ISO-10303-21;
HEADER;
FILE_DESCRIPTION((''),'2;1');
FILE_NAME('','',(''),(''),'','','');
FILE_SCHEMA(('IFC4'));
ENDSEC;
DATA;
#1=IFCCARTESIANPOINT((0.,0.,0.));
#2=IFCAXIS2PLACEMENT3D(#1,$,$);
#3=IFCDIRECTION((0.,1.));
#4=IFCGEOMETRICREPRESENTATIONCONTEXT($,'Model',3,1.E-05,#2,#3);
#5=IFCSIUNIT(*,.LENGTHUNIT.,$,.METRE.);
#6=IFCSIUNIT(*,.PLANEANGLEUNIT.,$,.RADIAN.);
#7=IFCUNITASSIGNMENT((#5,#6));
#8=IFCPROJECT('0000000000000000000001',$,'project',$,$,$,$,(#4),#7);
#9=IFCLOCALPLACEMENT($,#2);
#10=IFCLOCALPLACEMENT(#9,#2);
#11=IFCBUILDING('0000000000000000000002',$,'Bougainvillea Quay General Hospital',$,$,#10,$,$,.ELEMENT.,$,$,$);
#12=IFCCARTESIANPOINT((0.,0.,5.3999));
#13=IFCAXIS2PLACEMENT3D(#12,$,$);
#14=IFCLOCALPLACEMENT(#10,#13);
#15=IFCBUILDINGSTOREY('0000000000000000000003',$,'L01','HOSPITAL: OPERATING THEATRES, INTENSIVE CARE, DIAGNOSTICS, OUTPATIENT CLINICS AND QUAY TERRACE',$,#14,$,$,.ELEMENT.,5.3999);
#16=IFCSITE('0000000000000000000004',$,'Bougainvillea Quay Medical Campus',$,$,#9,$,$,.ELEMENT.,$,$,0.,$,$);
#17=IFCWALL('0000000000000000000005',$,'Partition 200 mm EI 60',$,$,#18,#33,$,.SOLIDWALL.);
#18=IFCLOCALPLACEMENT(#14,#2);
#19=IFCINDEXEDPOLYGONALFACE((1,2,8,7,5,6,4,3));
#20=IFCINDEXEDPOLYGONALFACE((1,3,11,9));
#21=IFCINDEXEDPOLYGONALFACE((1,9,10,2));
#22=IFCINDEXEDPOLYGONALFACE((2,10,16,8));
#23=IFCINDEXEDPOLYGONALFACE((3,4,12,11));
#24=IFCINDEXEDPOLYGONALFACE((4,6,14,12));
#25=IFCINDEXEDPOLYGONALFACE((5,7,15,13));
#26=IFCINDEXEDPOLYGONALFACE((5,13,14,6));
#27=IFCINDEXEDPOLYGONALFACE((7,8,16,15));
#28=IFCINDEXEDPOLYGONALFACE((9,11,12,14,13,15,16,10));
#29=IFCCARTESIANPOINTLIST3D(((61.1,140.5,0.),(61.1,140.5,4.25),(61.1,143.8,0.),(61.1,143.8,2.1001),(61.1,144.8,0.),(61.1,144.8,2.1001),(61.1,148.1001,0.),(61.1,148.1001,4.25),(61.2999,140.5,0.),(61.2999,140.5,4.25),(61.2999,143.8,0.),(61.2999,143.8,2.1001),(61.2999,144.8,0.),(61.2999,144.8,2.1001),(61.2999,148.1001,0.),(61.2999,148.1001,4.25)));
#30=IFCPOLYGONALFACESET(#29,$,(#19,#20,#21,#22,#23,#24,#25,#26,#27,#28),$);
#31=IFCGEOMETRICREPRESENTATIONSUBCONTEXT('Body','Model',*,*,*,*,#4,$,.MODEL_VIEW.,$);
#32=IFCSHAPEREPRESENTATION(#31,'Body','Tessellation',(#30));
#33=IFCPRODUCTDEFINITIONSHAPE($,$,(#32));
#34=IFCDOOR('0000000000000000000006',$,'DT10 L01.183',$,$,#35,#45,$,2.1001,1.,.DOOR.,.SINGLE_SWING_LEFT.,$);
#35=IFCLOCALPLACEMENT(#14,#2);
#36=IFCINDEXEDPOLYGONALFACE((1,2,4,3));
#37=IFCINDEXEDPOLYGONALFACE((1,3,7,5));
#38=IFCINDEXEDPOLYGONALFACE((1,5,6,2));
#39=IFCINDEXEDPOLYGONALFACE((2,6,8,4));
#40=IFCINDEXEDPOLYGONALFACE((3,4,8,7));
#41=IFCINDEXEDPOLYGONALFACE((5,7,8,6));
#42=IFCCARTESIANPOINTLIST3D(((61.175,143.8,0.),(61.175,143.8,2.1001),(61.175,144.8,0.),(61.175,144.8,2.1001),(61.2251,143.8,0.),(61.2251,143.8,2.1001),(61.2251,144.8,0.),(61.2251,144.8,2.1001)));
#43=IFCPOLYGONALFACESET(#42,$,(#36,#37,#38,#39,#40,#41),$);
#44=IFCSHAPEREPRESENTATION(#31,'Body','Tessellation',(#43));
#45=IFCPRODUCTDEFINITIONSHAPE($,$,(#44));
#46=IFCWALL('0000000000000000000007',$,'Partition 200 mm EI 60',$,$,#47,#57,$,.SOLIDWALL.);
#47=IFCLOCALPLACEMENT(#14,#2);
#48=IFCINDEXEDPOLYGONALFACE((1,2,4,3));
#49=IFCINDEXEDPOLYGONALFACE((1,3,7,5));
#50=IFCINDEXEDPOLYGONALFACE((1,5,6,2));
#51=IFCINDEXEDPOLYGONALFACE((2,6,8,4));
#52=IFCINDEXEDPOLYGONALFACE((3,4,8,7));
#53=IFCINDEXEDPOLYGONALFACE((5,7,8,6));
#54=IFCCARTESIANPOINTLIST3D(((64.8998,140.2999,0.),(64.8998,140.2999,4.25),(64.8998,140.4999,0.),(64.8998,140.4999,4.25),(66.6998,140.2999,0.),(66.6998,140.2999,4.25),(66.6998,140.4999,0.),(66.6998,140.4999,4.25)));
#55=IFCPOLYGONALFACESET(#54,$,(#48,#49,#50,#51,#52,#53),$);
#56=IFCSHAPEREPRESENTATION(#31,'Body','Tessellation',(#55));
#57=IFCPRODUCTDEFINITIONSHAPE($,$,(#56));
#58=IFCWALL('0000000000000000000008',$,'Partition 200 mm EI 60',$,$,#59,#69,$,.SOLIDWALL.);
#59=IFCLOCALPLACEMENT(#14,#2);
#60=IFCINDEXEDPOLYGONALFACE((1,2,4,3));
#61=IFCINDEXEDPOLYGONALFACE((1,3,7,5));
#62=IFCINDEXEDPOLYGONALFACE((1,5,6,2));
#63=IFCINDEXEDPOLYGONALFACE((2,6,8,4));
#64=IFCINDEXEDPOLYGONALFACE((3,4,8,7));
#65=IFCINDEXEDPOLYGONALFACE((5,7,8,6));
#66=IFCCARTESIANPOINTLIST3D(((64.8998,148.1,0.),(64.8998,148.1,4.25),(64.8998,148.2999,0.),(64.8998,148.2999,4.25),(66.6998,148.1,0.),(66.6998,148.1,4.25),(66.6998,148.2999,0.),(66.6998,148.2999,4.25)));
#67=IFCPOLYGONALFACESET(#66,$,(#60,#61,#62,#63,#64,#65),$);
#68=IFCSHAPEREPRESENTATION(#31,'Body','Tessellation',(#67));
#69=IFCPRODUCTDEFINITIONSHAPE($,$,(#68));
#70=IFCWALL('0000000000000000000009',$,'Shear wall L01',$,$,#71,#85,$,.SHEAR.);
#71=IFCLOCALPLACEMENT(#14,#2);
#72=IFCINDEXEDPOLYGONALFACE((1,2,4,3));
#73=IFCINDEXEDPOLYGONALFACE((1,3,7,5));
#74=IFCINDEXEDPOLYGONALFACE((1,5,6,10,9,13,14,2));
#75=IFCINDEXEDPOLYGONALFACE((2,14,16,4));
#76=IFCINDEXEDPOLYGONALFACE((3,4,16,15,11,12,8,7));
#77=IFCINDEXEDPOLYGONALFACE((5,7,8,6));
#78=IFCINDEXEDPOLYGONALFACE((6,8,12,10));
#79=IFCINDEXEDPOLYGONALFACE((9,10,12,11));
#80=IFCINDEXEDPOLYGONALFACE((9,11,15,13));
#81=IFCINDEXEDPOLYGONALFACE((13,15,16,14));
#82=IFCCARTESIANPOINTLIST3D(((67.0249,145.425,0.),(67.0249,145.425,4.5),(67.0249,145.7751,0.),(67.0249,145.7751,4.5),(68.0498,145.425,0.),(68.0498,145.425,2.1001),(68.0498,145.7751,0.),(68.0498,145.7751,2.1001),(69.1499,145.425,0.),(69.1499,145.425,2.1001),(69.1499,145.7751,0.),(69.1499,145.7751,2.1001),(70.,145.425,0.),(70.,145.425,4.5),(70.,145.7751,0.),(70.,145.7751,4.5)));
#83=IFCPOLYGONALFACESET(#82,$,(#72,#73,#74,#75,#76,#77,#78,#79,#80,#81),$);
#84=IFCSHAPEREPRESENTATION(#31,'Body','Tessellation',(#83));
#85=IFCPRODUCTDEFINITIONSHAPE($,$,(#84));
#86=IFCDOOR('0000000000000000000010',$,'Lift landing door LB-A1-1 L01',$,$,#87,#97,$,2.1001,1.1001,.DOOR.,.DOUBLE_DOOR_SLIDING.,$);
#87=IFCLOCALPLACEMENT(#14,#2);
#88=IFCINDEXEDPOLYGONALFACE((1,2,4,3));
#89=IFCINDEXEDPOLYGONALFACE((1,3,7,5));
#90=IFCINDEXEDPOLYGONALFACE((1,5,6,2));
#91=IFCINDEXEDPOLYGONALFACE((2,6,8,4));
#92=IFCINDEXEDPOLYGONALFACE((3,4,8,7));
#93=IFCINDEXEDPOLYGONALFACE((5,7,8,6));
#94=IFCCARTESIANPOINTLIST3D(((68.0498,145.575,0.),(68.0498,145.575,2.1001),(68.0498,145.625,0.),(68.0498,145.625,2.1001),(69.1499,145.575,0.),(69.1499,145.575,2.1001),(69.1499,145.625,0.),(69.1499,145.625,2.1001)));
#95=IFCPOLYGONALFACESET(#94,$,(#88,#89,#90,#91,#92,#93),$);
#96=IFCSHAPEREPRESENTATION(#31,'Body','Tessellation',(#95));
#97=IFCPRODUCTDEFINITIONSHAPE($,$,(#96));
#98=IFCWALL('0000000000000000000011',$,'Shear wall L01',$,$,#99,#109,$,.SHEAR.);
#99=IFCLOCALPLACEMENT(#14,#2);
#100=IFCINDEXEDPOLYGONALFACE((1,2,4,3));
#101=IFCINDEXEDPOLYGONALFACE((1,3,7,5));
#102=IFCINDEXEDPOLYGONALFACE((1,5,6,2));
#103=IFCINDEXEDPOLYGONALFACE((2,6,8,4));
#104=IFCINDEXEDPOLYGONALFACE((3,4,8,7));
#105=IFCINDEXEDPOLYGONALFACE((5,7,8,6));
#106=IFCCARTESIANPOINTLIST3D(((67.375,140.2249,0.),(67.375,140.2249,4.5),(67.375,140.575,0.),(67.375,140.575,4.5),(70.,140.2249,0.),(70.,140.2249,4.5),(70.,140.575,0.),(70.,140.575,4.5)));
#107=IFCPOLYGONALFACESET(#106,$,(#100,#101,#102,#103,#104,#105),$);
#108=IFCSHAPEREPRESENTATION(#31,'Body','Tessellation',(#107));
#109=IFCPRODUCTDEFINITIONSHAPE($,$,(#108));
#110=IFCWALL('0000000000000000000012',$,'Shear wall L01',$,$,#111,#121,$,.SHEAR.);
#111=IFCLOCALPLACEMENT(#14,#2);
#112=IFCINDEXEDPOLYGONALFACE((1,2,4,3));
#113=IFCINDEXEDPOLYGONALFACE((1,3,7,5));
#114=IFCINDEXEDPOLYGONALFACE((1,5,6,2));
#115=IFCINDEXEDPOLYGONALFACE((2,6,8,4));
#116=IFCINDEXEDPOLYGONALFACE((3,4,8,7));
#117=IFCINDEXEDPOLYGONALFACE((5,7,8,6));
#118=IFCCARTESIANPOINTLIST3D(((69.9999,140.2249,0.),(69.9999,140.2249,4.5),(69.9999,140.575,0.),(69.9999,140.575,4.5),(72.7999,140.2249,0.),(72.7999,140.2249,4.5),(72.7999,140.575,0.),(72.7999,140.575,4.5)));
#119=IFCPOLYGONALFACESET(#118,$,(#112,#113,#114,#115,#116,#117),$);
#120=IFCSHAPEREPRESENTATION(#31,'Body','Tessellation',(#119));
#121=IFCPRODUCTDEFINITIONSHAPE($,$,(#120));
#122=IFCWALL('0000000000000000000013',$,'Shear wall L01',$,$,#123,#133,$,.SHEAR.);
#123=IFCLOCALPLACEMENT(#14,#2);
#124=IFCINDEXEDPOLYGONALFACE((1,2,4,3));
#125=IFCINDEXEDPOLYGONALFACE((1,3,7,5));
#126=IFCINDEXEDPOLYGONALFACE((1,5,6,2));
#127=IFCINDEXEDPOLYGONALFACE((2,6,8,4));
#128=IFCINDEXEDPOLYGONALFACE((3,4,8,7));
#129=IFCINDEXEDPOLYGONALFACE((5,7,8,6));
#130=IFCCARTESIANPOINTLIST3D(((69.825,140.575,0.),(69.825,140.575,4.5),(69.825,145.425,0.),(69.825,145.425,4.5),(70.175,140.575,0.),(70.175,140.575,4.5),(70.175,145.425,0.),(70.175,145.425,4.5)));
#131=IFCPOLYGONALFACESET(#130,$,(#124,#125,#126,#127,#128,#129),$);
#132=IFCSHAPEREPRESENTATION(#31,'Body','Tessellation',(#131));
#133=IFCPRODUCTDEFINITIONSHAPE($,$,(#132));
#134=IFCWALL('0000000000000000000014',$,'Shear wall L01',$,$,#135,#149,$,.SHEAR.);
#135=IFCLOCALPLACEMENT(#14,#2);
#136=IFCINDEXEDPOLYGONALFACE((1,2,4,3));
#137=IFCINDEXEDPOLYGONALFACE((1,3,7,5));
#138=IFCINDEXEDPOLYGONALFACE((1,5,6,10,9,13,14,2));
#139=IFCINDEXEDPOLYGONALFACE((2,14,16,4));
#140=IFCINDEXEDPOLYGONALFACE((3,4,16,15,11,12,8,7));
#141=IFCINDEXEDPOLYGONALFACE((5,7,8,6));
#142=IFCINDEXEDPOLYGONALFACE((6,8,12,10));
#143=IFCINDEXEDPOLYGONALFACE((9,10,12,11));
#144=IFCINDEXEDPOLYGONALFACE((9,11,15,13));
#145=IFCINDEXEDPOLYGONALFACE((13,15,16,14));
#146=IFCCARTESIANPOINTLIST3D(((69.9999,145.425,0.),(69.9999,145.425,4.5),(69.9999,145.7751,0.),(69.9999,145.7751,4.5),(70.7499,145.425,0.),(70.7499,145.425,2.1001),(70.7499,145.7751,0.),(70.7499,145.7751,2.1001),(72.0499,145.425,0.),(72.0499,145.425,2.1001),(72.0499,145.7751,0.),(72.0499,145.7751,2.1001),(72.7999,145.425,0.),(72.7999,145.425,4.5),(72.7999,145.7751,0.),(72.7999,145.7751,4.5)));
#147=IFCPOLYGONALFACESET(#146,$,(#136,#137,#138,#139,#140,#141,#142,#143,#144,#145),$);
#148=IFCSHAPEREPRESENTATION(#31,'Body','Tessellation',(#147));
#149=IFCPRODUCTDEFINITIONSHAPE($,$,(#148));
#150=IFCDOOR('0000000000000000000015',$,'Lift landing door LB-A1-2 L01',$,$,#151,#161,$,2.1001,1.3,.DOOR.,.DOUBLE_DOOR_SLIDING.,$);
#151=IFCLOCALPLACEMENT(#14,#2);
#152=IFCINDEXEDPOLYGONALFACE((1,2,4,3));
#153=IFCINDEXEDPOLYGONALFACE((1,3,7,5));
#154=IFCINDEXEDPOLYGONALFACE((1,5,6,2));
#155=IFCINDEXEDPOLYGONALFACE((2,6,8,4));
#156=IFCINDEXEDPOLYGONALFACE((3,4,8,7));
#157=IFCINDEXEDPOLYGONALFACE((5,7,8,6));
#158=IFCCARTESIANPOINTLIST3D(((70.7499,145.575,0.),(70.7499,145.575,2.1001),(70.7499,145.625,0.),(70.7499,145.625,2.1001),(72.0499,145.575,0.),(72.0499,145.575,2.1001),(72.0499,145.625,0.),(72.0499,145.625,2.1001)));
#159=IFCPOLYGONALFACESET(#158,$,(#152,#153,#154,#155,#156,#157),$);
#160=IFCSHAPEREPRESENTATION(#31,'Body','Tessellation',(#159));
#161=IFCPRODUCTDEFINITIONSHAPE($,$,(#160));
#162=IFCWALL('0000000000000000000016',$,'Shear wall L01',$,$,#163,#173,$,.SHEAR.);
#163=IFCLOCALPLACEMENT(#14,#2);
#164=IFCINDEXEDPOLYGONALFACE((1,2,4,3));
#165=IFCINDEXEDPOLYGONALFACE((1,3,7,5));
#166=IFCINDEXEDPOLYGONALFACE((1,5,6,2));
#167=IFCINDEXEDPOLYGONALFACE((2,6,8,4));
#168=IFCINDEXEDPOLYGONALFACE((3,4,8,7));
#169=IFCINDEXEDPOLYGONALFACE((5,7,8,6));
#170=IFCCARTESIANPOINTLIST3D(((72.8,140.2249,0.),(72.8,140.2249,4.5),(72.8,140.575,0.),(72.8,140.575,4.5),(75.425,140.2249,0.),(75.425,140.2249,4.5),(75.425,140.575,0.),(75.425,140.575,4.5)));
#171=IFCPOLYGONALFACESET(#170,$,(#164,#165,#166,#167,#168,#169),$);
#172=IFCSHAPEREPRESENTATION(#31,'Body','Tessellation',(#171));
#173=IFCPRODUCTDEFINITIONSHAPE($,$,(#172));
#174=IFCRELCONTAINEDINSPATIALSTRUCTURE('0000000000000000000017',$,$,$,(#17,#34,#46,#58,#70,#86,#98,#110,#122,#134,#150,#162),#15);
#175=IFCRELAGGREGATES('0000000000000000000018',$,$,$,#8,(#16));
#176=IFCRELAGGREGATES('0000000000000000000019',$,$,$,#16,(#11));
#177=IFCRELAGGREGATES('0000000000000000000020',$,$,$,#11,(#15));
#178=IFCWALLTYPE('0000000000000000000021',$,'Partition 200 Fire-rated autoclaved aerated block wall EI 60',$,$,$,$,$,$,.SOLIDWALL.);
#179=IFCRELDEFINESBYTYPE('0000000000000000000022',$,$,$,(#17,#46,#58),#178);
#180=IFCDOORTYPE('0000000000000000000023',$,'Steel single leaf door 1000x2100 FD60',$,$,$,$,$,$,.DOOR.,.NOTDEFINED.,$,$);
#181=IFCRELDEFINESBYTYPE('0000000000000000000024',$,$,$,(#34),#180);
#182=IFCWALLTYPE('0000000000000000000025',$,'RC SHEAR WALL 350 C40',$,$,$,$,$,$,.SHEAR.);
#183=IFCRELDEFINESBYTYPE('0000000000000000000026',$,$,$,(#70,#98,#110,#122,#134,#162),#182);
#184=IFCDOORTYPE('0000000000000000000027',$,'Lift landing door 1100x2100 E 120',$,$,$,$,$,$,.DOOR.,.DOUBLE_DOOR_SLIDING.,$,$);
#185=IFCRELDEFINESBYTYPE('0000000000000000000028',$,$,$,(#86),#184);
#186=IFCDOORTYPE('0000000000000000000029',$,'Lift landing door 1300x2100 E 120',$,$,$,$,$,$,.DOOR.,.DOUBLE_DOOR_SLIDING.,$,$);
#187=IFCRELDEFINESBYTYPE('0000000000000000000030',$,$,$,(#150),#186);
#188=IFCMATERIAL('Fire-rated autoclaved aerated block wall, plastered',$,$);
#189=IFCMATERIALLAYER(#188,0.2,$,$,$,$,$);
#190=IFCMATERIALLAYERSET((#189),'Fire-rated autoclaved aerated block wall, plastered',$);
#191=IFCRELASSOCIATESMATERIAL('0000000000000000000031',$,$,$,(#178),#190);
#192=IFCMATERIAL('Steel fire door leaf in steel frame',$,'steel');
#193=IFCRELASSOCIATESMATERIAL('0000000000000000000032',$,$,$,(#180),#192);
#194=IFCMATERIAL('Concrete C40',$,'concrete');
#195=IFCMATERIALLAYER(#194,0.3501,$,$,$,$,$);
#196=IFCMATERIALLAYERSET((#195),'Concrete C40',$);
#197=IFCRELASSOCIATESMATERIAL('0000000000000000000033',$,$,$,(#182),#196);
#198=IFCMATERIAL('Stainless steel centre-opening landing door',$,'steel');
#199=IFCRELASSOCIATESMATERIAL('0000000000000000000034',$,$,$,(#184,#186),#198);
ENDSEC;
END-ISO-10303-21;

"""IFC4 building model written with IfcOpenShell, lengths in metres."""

from ifc_helpers import new_model, si_unit, direction, frame, frame_2d, origin, place, context, subcontext, project, spatial, rectangle, extrude, material, layer, layer_set, type_object, element, fill, save


model = new_model("IFC4")

# Units and contexts
model_context = context("Model", 3, precision=1e-05, world=origin(), true_north=direction((0.0, 1.0)))
body_context = subcontext(model_context, "Body", "Model", "MODEL_VIEW")
ifc_project = project(units=[si_unit("LENGTHUNIT", "METRE"), si_unit("PLANEANGLEUNIT", "RADIAN")], contexts=[model_context])

# Site, building, storey
site_placement = place(None, origin())
site = spatial("IfcSite", under=ifc_project, at=site_placement, Name="Bougainvillea Quay Medical Campus", CompositionType="ELEMENT", RefElevation=0.0)
building_placement = place(site_placement, origin())
building = spatial("IfcBuilding", under=site, at=building_placement, Name="Bougainvillea Quay General Hospital", CompositionType="ELEMENT")
storey_placement = place(building_placement, frame((0.0, 0.0, 5.3999)))
storey = spatial("IfcBuildingStorey", under=building, at=storey_placement, Name="L01", Description="HOSPITAL: OPERATING THEATRES, INTENSIVE CARE, DIAGNOSTICS, OUTPATIENT CLINICS AND QUAY TERRACE", CompositionType="ELEMENT", Elevation=5.3999)

# Shared definitions
ifc_material_1 = material(Name="Fire-rated autoclaved aerated block wall, plastered")
ifc_material_2 = material(Name="Steel fire door leaf in steel frame", Category="steel")

# Shared definitions
ifc_layer_1 = layer(ifc_material_1, 0.2)
ifc_layer_set_1 = layer_set([ifc_layer_1], Name="Fire-rated autoclaved aerated block wall, plastered")
wall_type_1 = type_object("IfcWallType", Name="Partition 200 Fire-rated autoclaved aerated block wall EI 60", PredefinedType="SOLIDWALL", material=ifc_layer_set_1)

# Wall, opening, door
wall_1_placement = place(storey_placement, frame((61.2, 140.5, 0.0), z_axis=(0.0, 0.0, 1.0), x_axis=(0.0, 1.0, 0.0)))
wall_1 = element("IfcWall", 1, at=wall_1_placement, inside=storey, type_object=wall_type_1, Name="Partition 200 mm EI 60", PredefinedType="SOLIDWALL", context=body_context, shape_type="SweptSolid", body=[
    extrude(rectangle(XDim=7.6001, YDim=0.2, at=frame_2d((3.8, 0.0))), origin(), (0.0, 0.0, 1.0), 4.25),
])
opening_1_placement = place(wall_1_placement, frame((3.3, 0.0, 0.0)))
opening_1 = element("IfcOpeningElement", 2, at=opening_1_placement, cuts=wall_1, PredefinedType="OPENING", context=body_context, shape_type="SweptSolid", body=[
    extrude(rectangle(XDim=1.0, YDim=2.1001, at=frame_2d((0.5, 1.05))), frame((0.0, 0.1099, 0.0), z_axis=(0.0, -1.0, 0.0), x_axis=(1.0, 0.0, 0.0)), (0.0, 0.0, 1.0), 0.22),
])
door_type_1 = type_object("IfcDoorType", Name="Steel single leaf door 1000x2100 FD60", OperationType="NOTDEFINED", PredefinedType="DOOR", material=ifc_material_2)
door_1_placement = place(opening_1_placement, origin())
door_1 = element("IfcDoor", 3, at=door_1_placement, inside=storey, type_object=door_type_1, Name="DT10 L01.183", OperationType="SINGLE_SWING_LEFT", OverallHeight=2.1001, OverallWidth=1.0, PredefinedType="DOOR", context=body_context, shape_type="SweptSolid", body=[
    extrude(rectangle(XDim=1.0, YDim=2.1001, at=frame_2d((0.5, 1.05))), frame((0.0, 0.0249, 0.0), z_axis=(0.0, -1.0, 0.0), x_axis=(1.0, 0.0, 0.0)), (0.0, 0.0, 1.0), 0.05),
])
fill(opening_1, door_1)

# Walls
for number, where, z_axis, x_axis, name in (
    (4, (64.8999, 140.3999, 0.0), (0.0, 0.0, 1.0), (1.0, 0.0, 0.0), "Partition 200 mm EI 60"),
    (5, (64.8999, 148.2, 0.0), (0.0, 0.0, 1.0), (1.0, 0.0, 0.0), "Partition 200 mm EI 60"),
):
    element("IfcWall", number, at=place(storey_placement, frame(where, z_axis=z_axis, x_axis=x_axis)), inside=storey, type_object=wall_type_1, Name=name, PredefinedType="SOLIDWALL", context=body_context, shape_type="SweptSolid", body=[
        extrude(rectangle(XDim=1.8, YDim=0.2, at=frame_2d((0.8999, 0.0))), origin(), (0.0, 0.0, 1.0), 4.25),
    ])

# Wall, opening, door
ifc_material_3 = material(Name="Concrete C40", Category="concrete")
ifc_layer_2 = layer(ifc_material_3, 0.3501)
ifc_layer_set_2 = layer_set([ifc_layer_2], Name="Concrete C40")
wall_type_2 = type_object("IfcWallType", Name="RC SHEAR WALL 350 C40", PredefinedType="SHEAR", material=ifc_layer_set_2)
wall_2_placement = place(storey_placement, frame((67.0249, 145.6001, 0.0), z_axis=(0.0, 0.0, 1.0), x_axis=(1.0, 0.0, 0.0)))
wall_2 = element("IfcWall", 6, at=wall_2_placement, inside=storey, type_object=wall_type_2, Name="Shear wall L01", PredefinedType="SHEAR", context=body_context, shape_type="SweptSolid", body=[
    extrude(rectangle(XDim=2.9751, YDim=0.3501, at=frame_2d((1.4875, 0.0))), origin(), (0.0, 0.0, 1.0), 4.5),
])
opening_2_placement = place(wall_2_placement, frame((1.0249, 0.0, 0.0)))
opening_2 = element("IfcOpeningElement", 7, at=opening_2_placement, cuts=wall_2, PredefinedType="OPENING", context=body_context, shape_type="SweptSolid", body=[
    extrude(rectangle(XDim=1.1001, YDim=2.1001, at=frame_2d((0.55, 1.05))), frame((0.0, 0.1851, 0.0), z_axis=(0.0, -1.0, 0.0), x_axis=(1.0, 0.0, 0.0)), (0.0, 0.0, 1.0), 0.3701),
])
ifc_material_4 = material(Name="Stainless steel centre-opening landing door", Category="steel")
door_type_2 = type_object("IfcDoorType", Name="Lift landing door 1100x2100 E 120", OperationType="DOUBLE_DOOR_SLIDING", PredefinedType="DOOR", material=ifc_material_4)
door_2_placement = place(opening_2_placement, origin())
door_2 = element("IfcDoor", 8, at=door_2_placement, inside=storey, type_object=door_type_2, Name="Lift landing door LB-A1-1 L01", OperationType="DOUBLE_DOOR_SLIDING", OverallHeight=2.1001, OverallWidth=1.1001, PredefinedType="DOOR", context=body_context, shape_type="SweptSolid", body=[
    extrude(rectangle(XDim=1.1001, YDim=2.1001, at=frame_2d((0.55, 1.05))), frame((0.0, 0.0249, 0.0), z_axis=(0.0, -1.0, 0.0), x_axis=(1.0, 0.0, 0.0)), (0.0, 0.0, 1.0), 0.05),
])
fill(opening_2, door_2)

# Walls
wall_3_placement = place(storey_placement, frame((67.375, 140.3999, 0.0), z_axis=(0.0, 0.0, 1.0), x_axis=(1.0, 0.0, 0.0)))
element("IfcWall", 9, at=wall_3_placement, inside=storey, type_object=wall_type_2, Name="Shear wall L01", PredefinedType="SHEAR", context=body_context, shape_type="SweptSolid", body=[
    extrude(rectangle(XDim=2.625, YDim=0.3501, at=frame_2d((1.3125, 0.0))), origin(), (0.0, 0.0, 1.0), 4.5),
])
wall_4_placement = place(storey_placement, frame((70.0, 140.3999, 0.0), z_axis=(0.0, 0.0, 1.0), x_axis=(1.0, 0.0, 0.0)))
element("IfcWall", 10, at=wall_4_placement, inside=storey, type_object=wall_type_2, Name="Shear wall L01", PredefinedType="SHEAR", context=body_context, shape_type="SweptSolid", body=[
    extrude(rectangle(XDim=2.8, YDim=0.3501, at=frame_2d((1.3999, 0.0))), origin(), (0.0, 0.0, 1.0), 4.5),
])
wall_5_placement = place(storey_placement, frame((70.0, 140.575, 0.0), z_axis=(0.0, 0.0, 1.0), x_axis=(0.0, 1.0, 0.0)))
element("IfcWall", 11, at=wall_5_placement, inside=storey, type_object=wall_type_2, Name="Shear wall L01", PredefinedType="SHEAR", context=body_context, shape_type="SweptSolid", body=[
    extrude(rectangle(XDim=4.8501, YDim=0.3501, at=frame_2d((2.425, 0.0))), origin(), (0.0, 0.0, 1.0), 4.5),
])

# Wall, opening, door
wall_6_placement = place(storey_placement, frame((70.0, 145.6001, 0.0), z_axis=(0.0, 0.0, 1.0), x_axis=(1.0, 0.0, 0.0)))
wall_6 = element("IfcWall", 12, at=wall_6_placement, inside=storey, type_object=wall_type_2, Name="Shear wall L01", PredefinedType="SHEAR", context=body_context, shape_type="SweptSolid", body=[
    extrude(rectangle(XDim=2.8, YDim=0.3501, at=frame_2d((1.3999, 0.0))), origin(), (0.0, 0.0, 1.0), 4.5),
])
opening_3_placement = place(wall_6_placement, frame((0.75, 0.0, 0.0)))
opening_3 = element("IfcOpeningElement", 13, at=opening_3_placement, cuts=wall_6, PredefinedType="OPENING", context=body_context, shape_type="SweptSolid", body=[
    extrude(rectangle(XDim=1.3, YDim=2.1001, at=frame_2d((0.6499, 1.05))), frame((0.0, 0.1851, 0.0), z_axis=(0.0, -1.0, 0.0), x_axis=(1.0, 0.0, 0.0)), (0.0, 0.0, 1.0), 0.3701),
])
door_type_3 = type_object("IfcDoorType", Name="Lift landing door 1300x2100 E 120", OperationType="DOUBLE_DOOR_SLIDING", PredefinedType="DOOR", material=ifc_material_4)
door_3_placement = place(opening_3_placement, origin())
door_3 = element("IfcDoor", 14, at=door_3_placement, inside=storey, type_object=door_type_3, Name="Lift landing door LB-A1-2 L01", OperationType="DOUBLE_DOOR_SLIDING", OverallHeight=2.1001, OverallWidth=1.3, PredefinedType="DOOR", context=body_context, shape_type="SweptSolid", body=[
    extrude(rectangle(XDim=1.3, YDim=2.1001, at=frame_2d((0.6499, 1.05))), frame((0.0, 0.0249, 0.0), z_axis=(0.0, -1.0, 0.0), x_axis=(1.0, 0.0, 0.0)), (0.0, 0.0, 1.0), 0.05),
])
fill(opening_3, door_3)

# Wall
wall_7_placement = place(storey_placement, frame((72.8, 140.3999, 0.0), z_axis=(0.0, 0.0, 1.0), x_axis=(1.0, 0.0, 0.0)))
element("IfcWall", 15, at=wall_7_placement, inside=storey, type_object=wall_type_2, Name="Shear wall L01", PredefinedType="SHEAR", context=body_context, shape_type="SweptSolid", body=[
    extrude(rectangle(XDim=2.625, YDim=0.3501, at=frame_2d((1.3125, 0.0))), origin(), (0.0, 0.0, 1.0), 4.5),
])

save(model, "model.ifc")
